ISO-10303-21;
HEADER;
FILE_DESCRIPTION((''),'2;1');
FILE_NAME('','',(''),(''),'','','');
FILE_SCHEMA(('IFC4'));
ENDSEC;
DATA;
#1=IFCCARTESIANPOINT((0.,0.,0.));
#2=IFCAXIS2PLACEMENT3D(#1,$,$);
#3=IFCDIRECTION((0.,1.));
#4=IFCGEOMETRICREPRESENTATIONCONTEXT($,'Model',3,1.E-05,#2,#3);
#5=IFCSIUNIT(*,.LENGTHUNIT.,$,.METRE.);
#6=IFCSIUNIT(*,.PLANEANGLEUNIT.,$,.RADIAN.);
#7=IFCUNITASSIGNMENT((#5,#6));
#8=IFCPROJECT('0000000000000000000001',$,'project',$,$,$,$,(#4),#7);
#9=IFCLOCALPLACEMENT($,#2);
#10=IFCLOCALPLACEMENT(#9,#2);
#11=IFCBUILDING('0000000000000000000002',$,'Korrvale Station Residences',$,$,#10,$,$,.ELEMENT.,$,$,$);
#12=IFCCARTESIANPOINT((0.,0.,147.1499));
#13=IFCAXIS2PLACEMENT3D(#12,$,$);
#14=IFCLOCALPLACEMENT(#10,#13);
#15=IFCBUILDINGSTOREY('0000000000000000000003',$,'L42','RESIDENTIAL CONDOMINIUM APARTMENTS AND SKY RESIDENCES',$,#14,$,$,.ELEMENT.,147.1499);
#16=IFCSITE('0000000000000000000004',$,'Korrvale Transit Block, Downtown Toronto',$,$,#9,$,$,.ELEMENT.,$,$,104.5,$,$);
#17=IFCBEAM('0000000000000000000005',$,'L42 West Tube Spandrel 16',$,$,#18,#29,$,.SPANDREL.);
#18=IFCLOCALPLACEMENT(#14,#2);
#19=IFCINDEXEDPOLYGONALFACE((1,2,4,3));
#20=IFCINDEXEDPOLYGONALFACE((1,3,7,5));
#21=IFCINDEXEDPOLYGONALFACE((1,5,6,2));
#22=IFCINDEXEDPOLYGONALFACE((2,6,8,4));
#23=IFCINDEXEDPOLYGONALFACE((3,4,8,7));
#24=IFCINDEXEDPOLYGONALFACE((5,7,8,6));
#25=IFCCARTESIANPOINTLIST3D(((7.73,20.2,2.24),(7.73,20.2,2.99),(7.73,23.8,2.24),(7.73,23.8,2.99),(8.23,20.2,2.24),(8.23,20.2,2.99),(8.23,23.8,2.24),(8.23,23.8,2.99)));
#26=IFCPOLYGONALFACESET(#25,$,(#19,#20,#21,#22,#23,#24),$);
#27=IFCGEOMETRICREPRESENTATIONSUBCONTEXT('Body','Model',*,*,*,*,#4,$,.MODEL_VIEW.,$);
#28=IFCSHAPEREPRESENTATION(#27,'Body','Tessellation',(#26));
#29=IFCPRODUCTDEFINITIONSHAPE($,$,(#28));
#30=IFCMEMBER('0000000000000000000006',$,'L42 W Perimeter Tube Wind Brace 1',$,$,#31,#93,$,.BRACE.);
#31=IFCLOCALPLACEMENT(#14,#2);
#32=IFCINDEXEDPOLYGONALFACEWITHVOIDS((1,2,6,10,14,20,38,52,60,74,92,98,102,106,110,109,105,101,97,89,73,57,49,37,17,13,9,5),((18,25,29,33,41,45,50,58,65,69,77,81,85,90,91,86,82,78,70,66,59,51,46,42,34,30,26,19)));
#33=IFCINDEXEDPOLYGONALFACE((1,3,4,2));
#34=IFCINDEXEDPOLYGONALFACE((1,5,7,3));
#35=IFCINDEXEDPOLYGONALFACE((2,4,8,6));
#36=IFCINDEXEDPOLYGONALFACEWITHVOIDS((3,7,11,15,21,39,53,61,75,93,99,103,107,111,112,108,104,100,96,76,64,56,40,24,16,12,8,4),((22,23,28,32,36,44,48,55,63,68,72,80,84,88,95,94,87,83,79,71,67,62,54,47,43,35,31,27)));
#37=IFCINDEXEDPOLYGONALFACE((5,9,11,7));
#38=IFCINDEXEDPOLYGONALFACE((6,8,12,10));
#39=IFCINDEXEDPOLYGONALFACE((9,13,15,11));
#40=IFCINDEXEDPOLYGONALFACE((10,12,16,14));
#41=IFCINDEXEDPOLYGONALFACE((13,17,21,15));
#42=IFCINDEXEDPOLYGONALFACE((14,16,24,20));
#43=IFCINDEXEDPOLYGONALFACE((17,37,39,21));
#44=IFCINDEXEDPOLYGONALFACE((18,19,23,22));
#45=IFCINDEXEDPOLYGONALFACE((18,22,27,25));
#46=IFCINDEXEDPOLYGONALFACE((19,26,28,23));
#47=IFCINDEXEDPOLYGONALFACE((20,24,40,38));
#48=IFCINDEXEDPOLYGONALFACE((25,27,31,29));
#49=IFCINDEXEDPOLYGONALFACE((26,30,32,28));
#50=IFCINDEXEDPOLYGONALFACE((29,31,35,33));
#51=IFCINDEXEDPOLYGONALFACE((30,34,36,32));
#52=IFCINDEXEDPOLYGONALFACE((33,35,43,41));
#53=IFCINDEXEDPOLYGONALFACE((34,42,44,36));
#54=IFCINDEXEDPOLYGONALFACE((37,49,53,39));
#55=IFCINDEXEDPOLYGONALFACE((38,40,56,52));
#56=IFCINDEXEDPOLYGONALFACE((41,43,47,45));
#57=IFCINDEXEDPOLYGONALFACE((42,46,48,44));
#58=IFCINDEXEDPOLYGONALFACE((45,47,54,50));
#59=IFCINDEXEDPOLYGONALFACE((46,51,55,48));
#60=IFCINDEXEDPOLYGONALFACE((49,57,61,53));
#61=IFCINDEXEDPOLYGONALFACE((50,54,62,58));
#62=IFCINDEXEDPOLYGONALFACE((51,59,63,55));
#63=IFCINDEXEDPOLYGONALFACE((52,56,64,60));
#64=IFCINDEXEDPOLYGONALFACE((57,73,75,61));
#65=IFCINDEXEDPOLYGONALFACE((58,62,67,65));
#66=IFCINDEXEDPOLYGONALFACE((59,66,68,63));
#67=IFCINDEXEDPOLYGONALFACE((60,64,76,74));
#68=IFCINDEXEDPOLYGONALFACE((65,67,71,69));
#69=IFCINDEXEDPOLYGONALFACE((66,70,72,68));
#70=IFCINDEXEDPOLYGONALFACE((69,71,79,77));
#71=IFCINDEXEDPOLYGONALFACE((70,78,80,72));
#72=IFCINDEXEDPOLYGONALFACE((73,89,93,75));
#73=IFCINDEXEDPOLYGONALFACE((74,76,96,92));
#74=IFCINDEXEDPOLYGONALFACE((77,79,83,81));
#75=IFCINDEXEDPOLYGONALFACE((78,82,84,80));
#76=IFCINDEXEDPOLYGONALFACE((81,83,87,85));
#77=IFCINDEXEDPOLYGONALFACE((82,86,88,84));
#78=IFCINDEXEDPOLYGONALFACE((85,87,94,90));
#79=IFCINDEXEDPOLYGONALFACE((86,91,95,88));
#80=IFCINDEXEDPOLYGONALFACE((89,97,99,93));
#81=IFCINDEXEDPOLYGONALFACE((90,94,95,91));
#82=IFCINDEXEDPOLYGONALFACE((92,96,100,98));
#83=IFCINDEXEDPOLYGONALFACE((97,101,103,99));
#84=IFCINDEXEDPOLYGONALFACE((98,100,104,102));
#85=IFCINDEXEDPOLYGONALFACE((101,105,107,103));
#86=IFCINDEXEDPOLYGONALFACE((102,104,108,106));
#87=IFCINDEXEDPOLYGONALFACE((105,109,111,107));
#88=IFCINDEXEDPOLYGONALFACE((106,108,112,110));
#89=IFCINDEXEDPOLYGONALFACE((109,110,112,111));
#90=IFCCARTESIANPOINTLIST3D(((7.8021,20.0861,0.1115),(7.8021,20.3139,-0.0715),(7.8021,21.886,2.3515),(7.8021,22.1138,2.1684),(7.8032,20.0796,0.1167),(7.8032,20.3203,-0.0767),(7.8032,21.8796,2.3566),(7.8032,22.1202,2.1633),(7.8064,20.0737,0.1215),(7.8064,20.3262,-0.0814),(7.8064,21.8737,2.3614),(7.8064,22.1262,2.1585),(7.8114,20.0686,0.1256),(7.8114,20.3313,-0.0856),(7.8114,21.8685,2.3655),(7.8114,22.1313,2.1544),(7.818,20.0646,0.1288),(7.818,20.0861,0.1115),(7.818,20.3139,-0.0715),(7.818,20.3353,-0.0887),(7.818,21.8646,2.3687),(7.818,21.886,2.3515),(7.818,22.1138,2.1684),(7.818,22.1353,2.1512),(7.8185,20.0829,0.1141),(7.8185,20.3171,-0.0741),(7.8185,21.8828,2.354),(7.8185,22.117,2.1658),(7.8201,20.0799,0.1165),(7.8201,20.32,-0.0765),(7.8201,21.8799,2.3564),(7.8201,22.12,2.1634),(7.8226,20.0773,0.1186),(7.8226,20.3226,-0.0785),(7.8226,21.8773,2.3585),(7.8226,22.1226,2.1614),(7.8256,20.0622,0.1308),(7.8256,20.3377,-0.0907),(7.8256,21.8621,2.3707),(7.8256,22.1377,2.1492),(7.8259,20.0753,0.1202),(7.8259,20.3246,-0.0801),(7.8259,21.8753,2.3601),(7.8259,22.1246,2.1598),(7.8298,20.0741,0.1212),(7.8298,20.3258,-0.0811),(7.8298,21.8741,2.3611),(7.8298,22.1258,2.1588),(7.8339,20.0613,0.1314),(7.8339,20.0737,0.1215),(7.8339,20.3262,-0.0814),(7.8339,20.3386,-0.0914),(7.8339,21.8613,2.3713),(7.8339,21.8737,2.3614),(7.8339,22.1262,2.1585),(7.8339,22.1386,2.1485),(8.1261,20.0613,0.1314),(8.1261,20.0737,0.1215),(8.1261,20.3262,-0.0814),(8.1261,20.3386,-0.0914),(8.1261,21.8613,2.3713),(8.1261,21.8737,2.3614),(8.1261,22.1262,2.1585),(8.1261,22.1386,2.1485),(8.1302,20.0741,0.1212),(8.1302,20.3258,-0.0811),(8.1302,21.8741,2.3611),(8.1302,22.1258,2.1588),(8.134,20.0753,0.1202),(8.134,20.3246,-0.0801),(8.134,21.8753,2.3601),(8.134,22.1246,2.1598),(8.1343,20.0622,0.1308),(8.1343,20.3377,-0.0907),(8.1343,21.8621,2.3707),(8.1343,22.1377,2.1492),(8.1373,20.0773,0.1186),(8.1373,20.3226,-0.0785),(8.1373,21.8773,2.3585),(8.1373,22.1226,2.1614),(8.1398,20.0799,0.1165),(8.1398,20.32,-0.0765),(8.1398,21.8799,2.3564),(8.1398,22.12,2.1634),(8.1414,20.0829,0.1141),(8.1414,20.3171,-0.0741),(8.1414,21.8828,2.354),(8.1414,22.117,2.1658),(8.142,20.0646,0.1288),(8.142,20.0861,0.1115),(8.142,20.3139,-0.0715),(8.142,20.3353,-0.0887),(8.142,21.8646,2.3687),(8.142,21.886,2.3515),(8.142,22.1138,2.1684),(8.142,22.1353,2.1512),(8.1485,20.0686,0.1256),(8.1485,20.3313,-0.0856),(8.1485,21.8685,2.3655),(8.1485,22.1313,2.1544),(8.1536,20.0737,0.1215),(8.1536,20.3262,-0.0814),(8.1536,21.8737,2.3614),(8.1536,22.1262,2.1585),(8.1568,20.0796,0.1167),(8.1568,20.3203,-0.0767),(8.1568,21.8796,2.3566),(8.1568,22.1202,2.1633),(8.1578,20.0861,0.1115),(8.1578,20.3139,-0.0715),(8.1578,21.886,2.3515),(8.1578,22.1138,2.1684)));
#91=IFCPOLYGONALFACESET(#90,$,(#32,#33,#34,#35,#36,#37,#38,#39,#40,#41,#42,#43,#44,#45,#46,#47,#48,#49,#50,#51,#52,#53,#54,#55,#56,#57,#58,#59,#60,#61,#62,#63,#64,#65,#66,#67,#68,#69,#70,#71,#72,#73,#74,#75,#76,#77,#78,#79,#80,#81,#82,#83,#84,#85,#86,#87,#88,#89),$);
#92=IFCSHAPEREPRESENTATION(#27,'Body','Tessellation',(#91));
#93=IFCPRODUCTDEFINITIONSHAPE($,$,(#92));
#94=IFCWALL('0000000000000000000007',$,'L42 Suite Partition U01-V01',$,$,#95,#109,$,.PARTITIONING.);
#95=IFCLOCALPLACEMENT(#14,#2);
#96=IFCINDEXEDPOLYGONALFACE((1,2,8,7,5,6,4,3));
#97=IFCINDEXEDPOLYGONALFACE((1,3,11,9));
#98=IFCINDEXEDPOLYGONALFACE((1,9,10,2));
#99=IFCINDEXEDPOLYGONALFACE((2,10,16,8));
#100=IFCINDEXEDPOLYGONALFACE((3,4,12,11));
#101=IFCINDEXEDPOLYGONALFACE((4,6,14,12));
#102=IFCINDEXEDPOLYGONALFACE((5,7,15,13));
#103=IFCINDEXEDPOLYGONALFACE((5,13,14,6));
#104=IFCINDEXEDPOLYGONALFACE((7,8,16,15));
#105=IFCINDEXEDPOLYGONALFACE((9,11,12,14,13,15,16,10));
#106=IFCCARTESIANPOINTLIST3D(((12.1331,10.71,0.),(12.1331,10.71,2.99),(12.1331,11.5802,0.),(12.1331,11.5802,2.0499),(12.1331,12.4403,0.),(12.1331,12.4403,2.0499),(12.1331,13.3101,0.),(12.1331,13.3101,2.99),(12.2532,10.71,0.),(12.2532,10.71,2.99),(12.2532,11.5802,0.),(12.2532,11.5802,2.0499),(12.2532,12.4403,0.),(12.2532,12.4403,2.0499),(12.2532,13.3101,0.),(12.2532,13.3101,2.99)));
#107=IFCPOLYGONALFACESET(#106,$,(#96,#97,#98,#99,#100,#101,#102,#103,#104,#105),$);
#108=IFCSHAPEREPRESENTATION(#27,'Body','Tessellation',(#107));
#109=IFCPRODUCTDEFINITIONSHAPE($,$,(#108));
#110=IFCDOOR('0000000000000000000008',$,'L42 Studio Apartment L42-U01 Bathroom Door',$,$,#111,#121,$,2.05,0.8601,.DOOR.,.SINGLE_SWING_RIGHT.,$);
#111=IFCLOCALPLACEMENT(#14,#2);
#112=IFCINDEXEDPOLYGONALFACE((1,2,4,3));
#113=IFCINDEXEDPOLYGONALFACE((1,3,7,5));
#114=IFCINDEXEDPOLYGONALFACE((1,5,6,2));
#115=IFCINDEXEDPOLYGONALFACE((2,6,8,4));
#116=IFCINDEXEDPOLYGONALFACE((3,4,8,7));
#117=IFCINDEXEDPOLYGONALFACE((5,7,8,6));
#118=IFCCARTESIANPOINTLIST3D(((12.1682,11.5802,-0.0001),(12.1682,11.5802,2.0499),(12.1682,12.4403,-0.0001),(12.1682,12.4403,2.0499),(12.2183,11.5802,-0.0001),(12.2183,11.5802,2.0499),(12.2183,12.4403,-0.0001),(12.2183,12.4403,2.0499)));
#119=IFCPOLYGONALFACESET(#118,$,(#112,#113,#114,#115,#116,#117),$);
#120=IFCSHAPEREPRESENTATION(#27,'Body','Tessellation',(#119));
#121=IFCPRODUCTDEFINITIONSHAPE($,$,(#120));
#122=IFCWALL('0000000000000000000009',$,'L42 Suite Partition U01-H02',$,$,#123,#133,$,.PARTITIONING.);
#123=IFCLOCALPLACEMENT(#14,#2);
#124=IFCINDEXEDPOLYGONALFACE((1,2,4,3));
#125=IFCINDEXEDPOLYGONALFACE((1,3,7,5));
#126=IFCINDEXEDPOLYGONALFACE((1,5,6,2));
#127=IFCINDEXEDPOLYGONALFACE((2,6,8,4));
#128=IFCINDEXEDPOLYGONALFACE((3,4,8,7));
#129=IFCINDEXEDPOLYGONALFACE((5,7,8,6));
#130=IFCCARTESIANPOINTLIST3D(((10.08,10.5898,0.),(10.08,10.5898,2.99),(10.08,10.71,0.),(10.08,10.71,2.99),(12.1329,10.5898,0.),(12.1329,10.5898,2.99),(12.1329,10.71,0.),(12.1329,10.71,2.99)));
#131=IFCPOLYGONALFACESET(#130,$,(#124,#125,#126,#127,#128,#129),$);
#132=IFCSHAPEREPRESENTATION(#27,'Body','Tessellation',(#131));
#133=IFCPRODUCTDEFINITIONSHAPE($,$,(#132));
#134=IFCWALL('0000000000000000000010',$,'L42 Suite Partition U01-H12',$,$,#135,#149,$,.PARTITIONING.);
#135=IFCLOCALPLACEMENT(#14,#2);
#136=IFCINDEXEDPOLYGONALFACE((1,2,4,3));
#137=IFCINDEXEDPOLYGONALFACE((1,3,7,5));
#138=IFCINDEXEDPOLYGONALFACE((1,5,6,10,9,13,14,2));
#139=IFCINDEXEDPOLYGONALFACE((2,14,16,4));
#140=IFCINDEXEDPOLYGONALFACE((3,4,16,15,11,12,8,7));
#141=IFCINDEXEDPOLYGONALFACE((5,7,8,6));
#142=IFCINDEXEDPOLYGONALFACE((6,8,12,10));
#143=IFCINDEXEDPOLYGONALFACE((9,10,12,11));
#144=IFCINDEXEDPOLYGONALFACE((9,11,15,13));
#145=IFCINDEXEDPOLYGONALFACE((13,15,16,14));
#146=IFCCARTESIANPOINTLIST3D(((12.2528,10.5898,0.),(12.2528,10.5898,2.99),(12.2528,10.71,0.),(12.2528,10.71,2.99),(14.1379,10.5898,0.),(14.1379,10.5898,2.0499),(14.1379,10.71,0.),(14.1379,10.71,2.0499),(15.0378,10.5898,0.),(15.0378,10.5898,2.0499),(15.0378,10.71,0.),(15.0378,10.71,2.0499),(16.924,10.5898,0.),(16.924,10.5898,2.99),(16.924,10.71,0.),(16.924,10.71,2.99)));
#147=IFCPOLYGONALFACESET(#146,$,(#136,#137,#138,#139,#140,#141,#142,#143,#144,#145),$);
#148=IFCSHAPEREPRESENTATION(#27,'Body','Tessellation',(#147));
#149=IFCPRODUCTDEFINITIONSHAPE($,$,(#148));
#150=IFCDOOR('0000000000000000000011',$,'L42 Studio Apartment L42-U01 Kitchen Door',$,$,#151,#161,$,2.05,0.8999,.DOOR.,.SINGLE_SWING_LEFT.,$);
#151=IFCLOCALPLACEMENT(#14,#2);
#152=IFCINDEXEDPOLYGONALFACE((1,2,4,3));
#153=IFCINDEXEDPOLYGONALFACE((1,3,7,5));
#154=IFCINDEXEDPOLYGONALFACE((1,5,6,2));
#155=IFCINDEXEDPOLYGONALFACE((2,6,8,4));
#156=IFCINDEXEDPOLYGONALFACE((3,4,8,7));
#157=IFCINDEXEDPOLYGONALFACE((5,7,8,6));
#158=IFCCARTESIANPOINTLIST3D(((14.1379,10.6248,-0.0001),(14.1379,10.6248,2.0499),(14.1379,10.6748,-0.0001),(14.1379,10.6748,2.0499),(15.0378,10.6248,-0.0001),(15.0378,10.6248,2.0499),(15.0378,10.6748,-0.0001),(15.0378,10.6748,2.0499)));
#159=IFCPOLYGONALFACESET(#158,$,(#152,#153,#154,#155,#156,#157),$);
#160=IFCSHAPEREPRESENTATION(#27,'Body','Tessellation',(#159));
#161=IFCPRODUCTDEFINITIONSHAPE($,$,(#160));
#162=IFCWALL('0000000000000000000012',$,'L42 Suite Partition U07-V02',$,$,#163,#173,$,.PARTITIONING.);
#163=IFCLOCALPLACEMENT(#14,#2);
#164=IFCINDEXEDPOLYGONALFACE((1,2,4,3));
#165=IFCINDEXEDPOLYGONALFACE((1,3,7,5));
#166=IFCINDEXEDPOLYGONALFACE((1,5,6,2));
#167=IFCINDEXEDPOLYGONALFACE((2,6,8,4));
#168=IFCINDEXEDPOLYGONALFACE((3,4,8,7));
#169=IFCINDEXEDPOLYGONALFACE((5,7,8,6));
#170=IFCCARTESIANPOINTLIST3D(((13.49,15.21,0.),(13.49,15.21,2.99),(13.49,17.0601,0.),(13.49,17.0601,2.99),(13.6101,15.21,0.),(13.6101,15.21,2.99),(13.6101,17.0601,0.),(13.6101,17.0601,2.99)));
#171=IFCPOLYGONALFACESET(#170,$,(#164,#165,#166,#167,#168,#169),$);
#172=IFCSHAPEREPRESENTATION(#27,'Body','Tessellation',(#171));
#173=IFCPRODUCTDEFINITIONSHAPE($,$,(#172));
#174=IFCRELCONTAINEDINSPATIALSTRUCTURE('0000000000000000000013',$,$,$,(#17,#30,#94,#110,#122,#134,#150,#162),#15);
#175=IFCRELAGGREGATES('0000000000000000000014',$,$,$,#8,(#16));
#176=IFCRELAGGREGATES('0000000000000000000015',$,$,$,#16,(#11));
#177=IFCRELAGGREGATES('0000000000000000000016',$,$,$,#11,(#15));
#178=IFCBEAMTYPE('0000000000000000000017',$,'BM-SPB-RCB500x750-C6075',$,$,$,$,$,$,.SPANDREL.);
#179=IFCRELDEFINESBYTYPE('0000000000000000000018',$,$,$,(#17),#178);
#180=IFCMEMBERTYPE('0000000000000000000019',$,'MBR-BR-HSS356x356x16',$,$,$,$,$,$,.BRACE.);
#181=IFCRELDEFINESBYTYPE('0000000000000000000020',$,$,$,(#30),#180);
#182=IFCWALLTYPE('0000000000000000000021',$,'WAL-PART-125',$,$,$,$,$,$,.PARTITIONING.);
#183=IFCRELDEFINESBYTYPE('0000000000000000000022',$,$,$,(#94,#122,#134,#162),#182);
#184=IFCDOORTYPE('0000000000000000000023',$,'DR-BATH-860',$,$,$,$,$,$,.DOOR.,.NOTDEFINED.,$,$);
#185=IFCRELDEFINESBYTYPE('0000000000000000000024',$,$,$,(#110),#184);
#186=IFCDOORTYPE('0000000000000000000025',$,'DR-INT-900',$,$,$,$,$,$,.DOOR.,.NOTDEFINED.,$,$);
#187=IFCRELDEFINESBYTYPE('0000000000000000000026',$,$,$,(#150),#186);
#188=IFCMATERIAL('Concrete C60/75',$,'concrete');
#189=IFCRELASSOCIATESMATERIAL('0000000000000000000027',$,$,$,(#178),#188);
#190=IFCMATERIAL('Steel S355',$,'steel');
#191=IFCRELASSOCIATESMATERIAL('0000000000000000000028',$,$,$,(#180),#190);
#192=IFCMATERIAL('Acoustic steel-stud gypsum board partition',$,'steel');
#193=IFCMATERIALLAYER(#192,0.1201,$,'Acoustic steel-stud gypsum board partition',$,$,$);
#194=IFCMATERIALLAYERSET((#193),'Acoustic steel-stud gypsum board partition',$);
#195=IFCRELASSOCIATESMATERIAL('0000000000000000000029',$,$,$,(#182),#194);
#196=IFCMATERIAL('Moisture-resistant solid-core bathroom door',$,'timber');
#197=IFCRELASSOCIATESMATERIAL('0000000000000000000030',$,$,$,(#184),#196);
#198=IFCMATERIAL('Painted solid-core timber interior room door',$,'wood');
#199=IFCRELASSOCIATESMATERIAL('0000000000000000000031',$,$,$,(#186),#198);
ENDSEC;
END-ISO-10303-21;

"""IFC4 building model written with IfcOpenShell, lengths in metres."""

from ifc_helpers import new_model, si_unit, direction, frame, frame_2d, origin, origin_2d, place, context, subcontext, project, spatial, rectangle, hollow_rectangle, extrude, material, layer, layer_set, material_profile, profile_set, type_object, element, fill, save


model = new_model("IFC4")

# Units and contexts
model_context = context("Model", 3, precision=1e-05, world=origin(), true_north=direction((0.0, 1.0)))
body_context = subcontext(model_context, "Body", "Model", "MODEL_VIEW")
ifc_project = project(units=[si_unit("LENGTHUNIT", "METRE"), si_unit("PLANEANGLEUNIT", "RADIAN")], contexts=[model_context])

# Site, building, storey
site_placement = place(None, origin())
site = spatial("IfcSite", under=ifc_project, at=site_placement, Name="Korrvale Transit Block, Downtown Toronto", CompositionType="ELEMENT", RefElevation=104.5)
building_placement = place(site_placement, origin())
building = spatial("IfcBuilding", under=site, at=building_placement, Name="Korrvale Station Residences", CompositionType="ELEMENT")
storey_placement = place(building_placement, frame((0.0, 0.0, 147.1499)))
storey = spatial("IfcBuildingStorey", under=building, at=storey_placement, Name="L42", Description="RESIDENTIAL CONDOMINIUM APARTMENTS AND SKY RESIDENCES", CompositionType="ELEMENT", Elevation=147.1499)

# Shared definitions
ifc_material_1 = material(Name="Concrete C60/75", Category="concrete")

# Beam
ifc_material_2 = material(Name="Steel S355", Category="steel")
ifc_material_profile_1 = material_profile(ifc_material_1, rectangle(XDim=0.5, YDim=0.75, at=origin_2d()), Name="RCB500x750")
ifc_profile_set_1 = profile_set([ifc_material_profile_1], Name="Concrete C60/75")
beam_type_1 = type_object("IfcBeamType", Name="BM-SPB-RCB500x750-C6075", PredefinedType="SPANDREL", material=ifc_profile_set_1)
beam_1_placement = place(storey_placement, frame((7.98, 20.2, 2.615), z_axis=(0.0, 1.0, 0.0), x_axis=(-1.0, 0.0, 0.0)))
element("IfcBeam", 1, at=beam_1_placement, inside=storey, type_object=beam_type_1, Name="L42 West Tube Spandrel 16", PredefinedType="SPANDREL", context=body_context, shape_type="SweptSolid", body=[
    extrude(rectangle(XDim=0.5, YDim=0.75, at=origin_2d()), origin(), (0.0, 0.0, 1.0), 3.6001),
])

# Member
ifc_material_profile_2 = material_profile(ifc_material_2, hollow_rectangle(XDim=0.3557, YDim=0.3557, WallThickness=0.0159, InnerFilletRadius=0.0159, OuterFilletRadius=0.0317, at=origin_2d()), Name="HSS356x356x16")
ifc_profile_set_2 = profile_set([ifc_material_profile_2], Name="Steel S355")
member_type = type_object("IfcMemberType", Name="MBR-BR-HSS356x356x16", PredefinedType="BRACE", material=ifc_profile_set_2)
member_placement = place(storey_placement, frame((7.98, 20.2, 0.02), z_axis=(0.0, 0.626403, 0.779499), x_axis=(-1.0, 0.0, 0.0)))
element("IfcMember", 2, at=member_placement, inside=storey, type_object=member_type, Name="L42 W Perimeter Tube Wind Brace 1", PredefinedType="BRACE", context=body_context, shape_type="SweptSolid", body=[
    extrude(hollow_rectangle(XDim=0.3557, YDim=0.3557, WallThickness=0.0159, InnerFilletRadius=0.0159, OuterFilletRadius=0.0317, at=origin_2d()), origin(), (0.0, 0.0, 1.0), 2.8735),
])

# Wall, opening, door
ifc_material_3 = material(Name="Acoustic steel-stud gypsum board partition", Category="steel")
ifc_layer_1 = layer(ifc_material_3, 0.1201, Name="Acoustic steel-stud gypsum board partition")
ifc_layer_set_1 = layer_set([ifc_layer_1], Name="Acoustic steel-stud gypsum board partition")
wall_type_1 = type_object("IfcWallType", Name="WAL-PART-125", PredefinedType="PARTITIONING", material=ifc_layer_set_1)
wall_1_placement = place(storey_placement, frame((12.1931, 10.71, 0.0), z_axis=(0.0, 0.0, 1.0), x_axis=(0.0, 1.0, 0.0)))
wall_1 = element("IfcWall", 3, at=wall_1_placement, inside=storey, type_object=wall_type_1, Name="L42 Suite Partition U01-V01", PredefinedType="PARTITIONING", context=body_context, shape_type="SweptSolid", body=[
    extrude(rectangle(XDim=2.6001, YDim=0.1201, at=frame_2d((1.3, 0.0))), origin(), (0.0, 0.0, 1.0), 2.99),
])
opening_1_placement = place(wall_1_placement, frame((0.8701, 0.0, 0.0)))
opening_1 = element("IfcOpeningElement", 4, at=opening_1_placement, cuts=wall_1, PredefinedType="OPENING", context=body_context, shape_type="SweptSolid", body=[
    extrude(rectangle(XDim=0.8601, YDim=2.05, at=frame_2d((0.4302, 1.0249))), frame((0.0, 0.0701, 0.0), z_axis=(0.0, -1.0, 0.0), x_axis=(1.0, 0.0, 0.0)), (0.0, 0.0, 1.0), 0.1401),
])
ifc_material_4 = material(Name="Moisture-resistant solid-core bathroom door", Category="timber")
door_type_1 = type_object("IfcDoorType", Name="DR-BATH-860", OperationType="NOTDEFINED", PredefinedType="DOOR", material=ifc_material_4)
door_1_placement = place(opening_1_placement, origin())
door_1 = element("IfcDoor", 5, at=door_1_placement, inside=storey, type_object=door_type_1, Name="L42 Studio Apartment L42-U01 Bathroom Door", OperationType="SINGLE_SWING_RIGHT", OverallHeight=2.05, OverallWidth=0.8601, PredefinedType="DOOR", context=body_context, shape_type="SweptSolid", body=[
    extrude(rectangle(XDim=0.8601, YDim=2.05, at=frame_2d((0.4302, 1.0249))), frame((0.0, 0.0249, 0.0), z_axis=(0.0, -1.0, 0.0), x_axis=(1.0, 0.0, 0.0)), (0.0, 0.0, 1.0), 0.05),
])
fill(opening_1, door_1)

# Wall
wall_2_placement = place(storey_placement, frame((10.0801, 10.6499, 0.0), z_axis=(0.0, 0.0, 1.0), x_axis=(1.0, 0.0, 0.0)))
element("IfcWall", 6, at=wall_2_placement, inside=storey, type_object=wall_type_1, Name="L42 Suite Partition U01-H02", PredefinedType="PARTITIONING", context=body_context, shape_type="SweptSolid", body=[
    extrude(rectangle(XDim=2.053, YDim=0.1201, at=frame_2d((1.0264, 0.0))), origin(), (0.0, 0.0, 1.0), 2.99),
])

# Wall, opening, door
wall_3_placement = place(storey_placement, frame((12.2529, 10.6499, 0.0), z_axis=(0.0, 0.0, 1.0), x_axis=(1.0, 0.0, 0.0)))
wall_3 = element("IfcWall", 7, at=wall_3_placement, inside=storey, type_object=wall_type_1, Name="L42 Suite Partition U01-H12", PredefinedType="PARTITIONING", context=body_context, shape_type="SweptSolid", body=[
    extrude(rectangle(XDim=4.6711, YDim=0.1201, at=frame_2d((2.3354, 0.0))), origin(), (0.0, 0.0, 1.0), 2.99),
])
opening_2_placement = place(wall_3_placement, frame((1.885, 0.0, 0.0)))
opening_2 = element("IfcOpeningElement", 8, at=opening_2_placement, cuts=wall_3, PredefinedType="OPENING", context=body_context, shape_type="SweptSolid", body=[
    extrude(rectangle(XDim=0.8999, YDim=2.05, at=frame_2d((0.45, 1.0249))), frame((0.0, 0.0701, 0.0), z_axis=(0.0, -1.0, 0.0), x_axis=(1.0, 0.0, 0.0)), (0.0, 0.0, 1.0), 0.1401),
])
ifc_material_5 = material(Name="Painted solid-core timber interior room door", Category="wood")
door_type_2 = type_object("IfcDoorType", Name="DR-INT-900", OperationType="NOTDEFINED", PredefinedType="DOOR", material=ifc_material_5)
door_2_placement = place(opening_2_placement, origin())
door_2 = element("IfcDoor", 9, at=door_2_placement, inside=storey, type_object=door_type_2, Name="L42 Studio Apartment L42-U01 Kitchen Door", OperationType="SINGLE_SWING_LEFT", OverallHeight=2.05, OverallWidth=0.8999, PredefinedType="DOOR", context=body_context, shape_type="SweptSolid", body=[
    extrude(rectangle(XDim=0.8999, YDim=2.05, at=frame_2d((0.45, 1.0249))), frame((0.0, 0.0249, 0.0), z_axis=(0.0, -1.0, 0.0), x_axis=(1.0, 0.0, 0.0)), (0.0, 0.0, 1.0), 0.05),
])
fill(opening_2, door_2)

# Wall
wall_4_placement = place(storey_placement, frame((13.55, 15.21, 0.0), z_axis=(0.0, 0.0, 1.0), x_axis=(0.0, 1.0, 0.0)))
element("IfcWall", 10, at=wall_4_placement, inside=storey, type_object=wall_type_1, Name="L42 Suite Partition U07-V02", PredefinedType="PARTITIONING", context=body_context, shape_type="SweptSolid", body=[
    extrude(rectangle(XDim=1.8501, YDim=0.1201, at=frame_2d((0.925, 0.0))), origin(), (0.0, 0.0, 1.0), 2.99),
])

save(model, "model.ifc")
